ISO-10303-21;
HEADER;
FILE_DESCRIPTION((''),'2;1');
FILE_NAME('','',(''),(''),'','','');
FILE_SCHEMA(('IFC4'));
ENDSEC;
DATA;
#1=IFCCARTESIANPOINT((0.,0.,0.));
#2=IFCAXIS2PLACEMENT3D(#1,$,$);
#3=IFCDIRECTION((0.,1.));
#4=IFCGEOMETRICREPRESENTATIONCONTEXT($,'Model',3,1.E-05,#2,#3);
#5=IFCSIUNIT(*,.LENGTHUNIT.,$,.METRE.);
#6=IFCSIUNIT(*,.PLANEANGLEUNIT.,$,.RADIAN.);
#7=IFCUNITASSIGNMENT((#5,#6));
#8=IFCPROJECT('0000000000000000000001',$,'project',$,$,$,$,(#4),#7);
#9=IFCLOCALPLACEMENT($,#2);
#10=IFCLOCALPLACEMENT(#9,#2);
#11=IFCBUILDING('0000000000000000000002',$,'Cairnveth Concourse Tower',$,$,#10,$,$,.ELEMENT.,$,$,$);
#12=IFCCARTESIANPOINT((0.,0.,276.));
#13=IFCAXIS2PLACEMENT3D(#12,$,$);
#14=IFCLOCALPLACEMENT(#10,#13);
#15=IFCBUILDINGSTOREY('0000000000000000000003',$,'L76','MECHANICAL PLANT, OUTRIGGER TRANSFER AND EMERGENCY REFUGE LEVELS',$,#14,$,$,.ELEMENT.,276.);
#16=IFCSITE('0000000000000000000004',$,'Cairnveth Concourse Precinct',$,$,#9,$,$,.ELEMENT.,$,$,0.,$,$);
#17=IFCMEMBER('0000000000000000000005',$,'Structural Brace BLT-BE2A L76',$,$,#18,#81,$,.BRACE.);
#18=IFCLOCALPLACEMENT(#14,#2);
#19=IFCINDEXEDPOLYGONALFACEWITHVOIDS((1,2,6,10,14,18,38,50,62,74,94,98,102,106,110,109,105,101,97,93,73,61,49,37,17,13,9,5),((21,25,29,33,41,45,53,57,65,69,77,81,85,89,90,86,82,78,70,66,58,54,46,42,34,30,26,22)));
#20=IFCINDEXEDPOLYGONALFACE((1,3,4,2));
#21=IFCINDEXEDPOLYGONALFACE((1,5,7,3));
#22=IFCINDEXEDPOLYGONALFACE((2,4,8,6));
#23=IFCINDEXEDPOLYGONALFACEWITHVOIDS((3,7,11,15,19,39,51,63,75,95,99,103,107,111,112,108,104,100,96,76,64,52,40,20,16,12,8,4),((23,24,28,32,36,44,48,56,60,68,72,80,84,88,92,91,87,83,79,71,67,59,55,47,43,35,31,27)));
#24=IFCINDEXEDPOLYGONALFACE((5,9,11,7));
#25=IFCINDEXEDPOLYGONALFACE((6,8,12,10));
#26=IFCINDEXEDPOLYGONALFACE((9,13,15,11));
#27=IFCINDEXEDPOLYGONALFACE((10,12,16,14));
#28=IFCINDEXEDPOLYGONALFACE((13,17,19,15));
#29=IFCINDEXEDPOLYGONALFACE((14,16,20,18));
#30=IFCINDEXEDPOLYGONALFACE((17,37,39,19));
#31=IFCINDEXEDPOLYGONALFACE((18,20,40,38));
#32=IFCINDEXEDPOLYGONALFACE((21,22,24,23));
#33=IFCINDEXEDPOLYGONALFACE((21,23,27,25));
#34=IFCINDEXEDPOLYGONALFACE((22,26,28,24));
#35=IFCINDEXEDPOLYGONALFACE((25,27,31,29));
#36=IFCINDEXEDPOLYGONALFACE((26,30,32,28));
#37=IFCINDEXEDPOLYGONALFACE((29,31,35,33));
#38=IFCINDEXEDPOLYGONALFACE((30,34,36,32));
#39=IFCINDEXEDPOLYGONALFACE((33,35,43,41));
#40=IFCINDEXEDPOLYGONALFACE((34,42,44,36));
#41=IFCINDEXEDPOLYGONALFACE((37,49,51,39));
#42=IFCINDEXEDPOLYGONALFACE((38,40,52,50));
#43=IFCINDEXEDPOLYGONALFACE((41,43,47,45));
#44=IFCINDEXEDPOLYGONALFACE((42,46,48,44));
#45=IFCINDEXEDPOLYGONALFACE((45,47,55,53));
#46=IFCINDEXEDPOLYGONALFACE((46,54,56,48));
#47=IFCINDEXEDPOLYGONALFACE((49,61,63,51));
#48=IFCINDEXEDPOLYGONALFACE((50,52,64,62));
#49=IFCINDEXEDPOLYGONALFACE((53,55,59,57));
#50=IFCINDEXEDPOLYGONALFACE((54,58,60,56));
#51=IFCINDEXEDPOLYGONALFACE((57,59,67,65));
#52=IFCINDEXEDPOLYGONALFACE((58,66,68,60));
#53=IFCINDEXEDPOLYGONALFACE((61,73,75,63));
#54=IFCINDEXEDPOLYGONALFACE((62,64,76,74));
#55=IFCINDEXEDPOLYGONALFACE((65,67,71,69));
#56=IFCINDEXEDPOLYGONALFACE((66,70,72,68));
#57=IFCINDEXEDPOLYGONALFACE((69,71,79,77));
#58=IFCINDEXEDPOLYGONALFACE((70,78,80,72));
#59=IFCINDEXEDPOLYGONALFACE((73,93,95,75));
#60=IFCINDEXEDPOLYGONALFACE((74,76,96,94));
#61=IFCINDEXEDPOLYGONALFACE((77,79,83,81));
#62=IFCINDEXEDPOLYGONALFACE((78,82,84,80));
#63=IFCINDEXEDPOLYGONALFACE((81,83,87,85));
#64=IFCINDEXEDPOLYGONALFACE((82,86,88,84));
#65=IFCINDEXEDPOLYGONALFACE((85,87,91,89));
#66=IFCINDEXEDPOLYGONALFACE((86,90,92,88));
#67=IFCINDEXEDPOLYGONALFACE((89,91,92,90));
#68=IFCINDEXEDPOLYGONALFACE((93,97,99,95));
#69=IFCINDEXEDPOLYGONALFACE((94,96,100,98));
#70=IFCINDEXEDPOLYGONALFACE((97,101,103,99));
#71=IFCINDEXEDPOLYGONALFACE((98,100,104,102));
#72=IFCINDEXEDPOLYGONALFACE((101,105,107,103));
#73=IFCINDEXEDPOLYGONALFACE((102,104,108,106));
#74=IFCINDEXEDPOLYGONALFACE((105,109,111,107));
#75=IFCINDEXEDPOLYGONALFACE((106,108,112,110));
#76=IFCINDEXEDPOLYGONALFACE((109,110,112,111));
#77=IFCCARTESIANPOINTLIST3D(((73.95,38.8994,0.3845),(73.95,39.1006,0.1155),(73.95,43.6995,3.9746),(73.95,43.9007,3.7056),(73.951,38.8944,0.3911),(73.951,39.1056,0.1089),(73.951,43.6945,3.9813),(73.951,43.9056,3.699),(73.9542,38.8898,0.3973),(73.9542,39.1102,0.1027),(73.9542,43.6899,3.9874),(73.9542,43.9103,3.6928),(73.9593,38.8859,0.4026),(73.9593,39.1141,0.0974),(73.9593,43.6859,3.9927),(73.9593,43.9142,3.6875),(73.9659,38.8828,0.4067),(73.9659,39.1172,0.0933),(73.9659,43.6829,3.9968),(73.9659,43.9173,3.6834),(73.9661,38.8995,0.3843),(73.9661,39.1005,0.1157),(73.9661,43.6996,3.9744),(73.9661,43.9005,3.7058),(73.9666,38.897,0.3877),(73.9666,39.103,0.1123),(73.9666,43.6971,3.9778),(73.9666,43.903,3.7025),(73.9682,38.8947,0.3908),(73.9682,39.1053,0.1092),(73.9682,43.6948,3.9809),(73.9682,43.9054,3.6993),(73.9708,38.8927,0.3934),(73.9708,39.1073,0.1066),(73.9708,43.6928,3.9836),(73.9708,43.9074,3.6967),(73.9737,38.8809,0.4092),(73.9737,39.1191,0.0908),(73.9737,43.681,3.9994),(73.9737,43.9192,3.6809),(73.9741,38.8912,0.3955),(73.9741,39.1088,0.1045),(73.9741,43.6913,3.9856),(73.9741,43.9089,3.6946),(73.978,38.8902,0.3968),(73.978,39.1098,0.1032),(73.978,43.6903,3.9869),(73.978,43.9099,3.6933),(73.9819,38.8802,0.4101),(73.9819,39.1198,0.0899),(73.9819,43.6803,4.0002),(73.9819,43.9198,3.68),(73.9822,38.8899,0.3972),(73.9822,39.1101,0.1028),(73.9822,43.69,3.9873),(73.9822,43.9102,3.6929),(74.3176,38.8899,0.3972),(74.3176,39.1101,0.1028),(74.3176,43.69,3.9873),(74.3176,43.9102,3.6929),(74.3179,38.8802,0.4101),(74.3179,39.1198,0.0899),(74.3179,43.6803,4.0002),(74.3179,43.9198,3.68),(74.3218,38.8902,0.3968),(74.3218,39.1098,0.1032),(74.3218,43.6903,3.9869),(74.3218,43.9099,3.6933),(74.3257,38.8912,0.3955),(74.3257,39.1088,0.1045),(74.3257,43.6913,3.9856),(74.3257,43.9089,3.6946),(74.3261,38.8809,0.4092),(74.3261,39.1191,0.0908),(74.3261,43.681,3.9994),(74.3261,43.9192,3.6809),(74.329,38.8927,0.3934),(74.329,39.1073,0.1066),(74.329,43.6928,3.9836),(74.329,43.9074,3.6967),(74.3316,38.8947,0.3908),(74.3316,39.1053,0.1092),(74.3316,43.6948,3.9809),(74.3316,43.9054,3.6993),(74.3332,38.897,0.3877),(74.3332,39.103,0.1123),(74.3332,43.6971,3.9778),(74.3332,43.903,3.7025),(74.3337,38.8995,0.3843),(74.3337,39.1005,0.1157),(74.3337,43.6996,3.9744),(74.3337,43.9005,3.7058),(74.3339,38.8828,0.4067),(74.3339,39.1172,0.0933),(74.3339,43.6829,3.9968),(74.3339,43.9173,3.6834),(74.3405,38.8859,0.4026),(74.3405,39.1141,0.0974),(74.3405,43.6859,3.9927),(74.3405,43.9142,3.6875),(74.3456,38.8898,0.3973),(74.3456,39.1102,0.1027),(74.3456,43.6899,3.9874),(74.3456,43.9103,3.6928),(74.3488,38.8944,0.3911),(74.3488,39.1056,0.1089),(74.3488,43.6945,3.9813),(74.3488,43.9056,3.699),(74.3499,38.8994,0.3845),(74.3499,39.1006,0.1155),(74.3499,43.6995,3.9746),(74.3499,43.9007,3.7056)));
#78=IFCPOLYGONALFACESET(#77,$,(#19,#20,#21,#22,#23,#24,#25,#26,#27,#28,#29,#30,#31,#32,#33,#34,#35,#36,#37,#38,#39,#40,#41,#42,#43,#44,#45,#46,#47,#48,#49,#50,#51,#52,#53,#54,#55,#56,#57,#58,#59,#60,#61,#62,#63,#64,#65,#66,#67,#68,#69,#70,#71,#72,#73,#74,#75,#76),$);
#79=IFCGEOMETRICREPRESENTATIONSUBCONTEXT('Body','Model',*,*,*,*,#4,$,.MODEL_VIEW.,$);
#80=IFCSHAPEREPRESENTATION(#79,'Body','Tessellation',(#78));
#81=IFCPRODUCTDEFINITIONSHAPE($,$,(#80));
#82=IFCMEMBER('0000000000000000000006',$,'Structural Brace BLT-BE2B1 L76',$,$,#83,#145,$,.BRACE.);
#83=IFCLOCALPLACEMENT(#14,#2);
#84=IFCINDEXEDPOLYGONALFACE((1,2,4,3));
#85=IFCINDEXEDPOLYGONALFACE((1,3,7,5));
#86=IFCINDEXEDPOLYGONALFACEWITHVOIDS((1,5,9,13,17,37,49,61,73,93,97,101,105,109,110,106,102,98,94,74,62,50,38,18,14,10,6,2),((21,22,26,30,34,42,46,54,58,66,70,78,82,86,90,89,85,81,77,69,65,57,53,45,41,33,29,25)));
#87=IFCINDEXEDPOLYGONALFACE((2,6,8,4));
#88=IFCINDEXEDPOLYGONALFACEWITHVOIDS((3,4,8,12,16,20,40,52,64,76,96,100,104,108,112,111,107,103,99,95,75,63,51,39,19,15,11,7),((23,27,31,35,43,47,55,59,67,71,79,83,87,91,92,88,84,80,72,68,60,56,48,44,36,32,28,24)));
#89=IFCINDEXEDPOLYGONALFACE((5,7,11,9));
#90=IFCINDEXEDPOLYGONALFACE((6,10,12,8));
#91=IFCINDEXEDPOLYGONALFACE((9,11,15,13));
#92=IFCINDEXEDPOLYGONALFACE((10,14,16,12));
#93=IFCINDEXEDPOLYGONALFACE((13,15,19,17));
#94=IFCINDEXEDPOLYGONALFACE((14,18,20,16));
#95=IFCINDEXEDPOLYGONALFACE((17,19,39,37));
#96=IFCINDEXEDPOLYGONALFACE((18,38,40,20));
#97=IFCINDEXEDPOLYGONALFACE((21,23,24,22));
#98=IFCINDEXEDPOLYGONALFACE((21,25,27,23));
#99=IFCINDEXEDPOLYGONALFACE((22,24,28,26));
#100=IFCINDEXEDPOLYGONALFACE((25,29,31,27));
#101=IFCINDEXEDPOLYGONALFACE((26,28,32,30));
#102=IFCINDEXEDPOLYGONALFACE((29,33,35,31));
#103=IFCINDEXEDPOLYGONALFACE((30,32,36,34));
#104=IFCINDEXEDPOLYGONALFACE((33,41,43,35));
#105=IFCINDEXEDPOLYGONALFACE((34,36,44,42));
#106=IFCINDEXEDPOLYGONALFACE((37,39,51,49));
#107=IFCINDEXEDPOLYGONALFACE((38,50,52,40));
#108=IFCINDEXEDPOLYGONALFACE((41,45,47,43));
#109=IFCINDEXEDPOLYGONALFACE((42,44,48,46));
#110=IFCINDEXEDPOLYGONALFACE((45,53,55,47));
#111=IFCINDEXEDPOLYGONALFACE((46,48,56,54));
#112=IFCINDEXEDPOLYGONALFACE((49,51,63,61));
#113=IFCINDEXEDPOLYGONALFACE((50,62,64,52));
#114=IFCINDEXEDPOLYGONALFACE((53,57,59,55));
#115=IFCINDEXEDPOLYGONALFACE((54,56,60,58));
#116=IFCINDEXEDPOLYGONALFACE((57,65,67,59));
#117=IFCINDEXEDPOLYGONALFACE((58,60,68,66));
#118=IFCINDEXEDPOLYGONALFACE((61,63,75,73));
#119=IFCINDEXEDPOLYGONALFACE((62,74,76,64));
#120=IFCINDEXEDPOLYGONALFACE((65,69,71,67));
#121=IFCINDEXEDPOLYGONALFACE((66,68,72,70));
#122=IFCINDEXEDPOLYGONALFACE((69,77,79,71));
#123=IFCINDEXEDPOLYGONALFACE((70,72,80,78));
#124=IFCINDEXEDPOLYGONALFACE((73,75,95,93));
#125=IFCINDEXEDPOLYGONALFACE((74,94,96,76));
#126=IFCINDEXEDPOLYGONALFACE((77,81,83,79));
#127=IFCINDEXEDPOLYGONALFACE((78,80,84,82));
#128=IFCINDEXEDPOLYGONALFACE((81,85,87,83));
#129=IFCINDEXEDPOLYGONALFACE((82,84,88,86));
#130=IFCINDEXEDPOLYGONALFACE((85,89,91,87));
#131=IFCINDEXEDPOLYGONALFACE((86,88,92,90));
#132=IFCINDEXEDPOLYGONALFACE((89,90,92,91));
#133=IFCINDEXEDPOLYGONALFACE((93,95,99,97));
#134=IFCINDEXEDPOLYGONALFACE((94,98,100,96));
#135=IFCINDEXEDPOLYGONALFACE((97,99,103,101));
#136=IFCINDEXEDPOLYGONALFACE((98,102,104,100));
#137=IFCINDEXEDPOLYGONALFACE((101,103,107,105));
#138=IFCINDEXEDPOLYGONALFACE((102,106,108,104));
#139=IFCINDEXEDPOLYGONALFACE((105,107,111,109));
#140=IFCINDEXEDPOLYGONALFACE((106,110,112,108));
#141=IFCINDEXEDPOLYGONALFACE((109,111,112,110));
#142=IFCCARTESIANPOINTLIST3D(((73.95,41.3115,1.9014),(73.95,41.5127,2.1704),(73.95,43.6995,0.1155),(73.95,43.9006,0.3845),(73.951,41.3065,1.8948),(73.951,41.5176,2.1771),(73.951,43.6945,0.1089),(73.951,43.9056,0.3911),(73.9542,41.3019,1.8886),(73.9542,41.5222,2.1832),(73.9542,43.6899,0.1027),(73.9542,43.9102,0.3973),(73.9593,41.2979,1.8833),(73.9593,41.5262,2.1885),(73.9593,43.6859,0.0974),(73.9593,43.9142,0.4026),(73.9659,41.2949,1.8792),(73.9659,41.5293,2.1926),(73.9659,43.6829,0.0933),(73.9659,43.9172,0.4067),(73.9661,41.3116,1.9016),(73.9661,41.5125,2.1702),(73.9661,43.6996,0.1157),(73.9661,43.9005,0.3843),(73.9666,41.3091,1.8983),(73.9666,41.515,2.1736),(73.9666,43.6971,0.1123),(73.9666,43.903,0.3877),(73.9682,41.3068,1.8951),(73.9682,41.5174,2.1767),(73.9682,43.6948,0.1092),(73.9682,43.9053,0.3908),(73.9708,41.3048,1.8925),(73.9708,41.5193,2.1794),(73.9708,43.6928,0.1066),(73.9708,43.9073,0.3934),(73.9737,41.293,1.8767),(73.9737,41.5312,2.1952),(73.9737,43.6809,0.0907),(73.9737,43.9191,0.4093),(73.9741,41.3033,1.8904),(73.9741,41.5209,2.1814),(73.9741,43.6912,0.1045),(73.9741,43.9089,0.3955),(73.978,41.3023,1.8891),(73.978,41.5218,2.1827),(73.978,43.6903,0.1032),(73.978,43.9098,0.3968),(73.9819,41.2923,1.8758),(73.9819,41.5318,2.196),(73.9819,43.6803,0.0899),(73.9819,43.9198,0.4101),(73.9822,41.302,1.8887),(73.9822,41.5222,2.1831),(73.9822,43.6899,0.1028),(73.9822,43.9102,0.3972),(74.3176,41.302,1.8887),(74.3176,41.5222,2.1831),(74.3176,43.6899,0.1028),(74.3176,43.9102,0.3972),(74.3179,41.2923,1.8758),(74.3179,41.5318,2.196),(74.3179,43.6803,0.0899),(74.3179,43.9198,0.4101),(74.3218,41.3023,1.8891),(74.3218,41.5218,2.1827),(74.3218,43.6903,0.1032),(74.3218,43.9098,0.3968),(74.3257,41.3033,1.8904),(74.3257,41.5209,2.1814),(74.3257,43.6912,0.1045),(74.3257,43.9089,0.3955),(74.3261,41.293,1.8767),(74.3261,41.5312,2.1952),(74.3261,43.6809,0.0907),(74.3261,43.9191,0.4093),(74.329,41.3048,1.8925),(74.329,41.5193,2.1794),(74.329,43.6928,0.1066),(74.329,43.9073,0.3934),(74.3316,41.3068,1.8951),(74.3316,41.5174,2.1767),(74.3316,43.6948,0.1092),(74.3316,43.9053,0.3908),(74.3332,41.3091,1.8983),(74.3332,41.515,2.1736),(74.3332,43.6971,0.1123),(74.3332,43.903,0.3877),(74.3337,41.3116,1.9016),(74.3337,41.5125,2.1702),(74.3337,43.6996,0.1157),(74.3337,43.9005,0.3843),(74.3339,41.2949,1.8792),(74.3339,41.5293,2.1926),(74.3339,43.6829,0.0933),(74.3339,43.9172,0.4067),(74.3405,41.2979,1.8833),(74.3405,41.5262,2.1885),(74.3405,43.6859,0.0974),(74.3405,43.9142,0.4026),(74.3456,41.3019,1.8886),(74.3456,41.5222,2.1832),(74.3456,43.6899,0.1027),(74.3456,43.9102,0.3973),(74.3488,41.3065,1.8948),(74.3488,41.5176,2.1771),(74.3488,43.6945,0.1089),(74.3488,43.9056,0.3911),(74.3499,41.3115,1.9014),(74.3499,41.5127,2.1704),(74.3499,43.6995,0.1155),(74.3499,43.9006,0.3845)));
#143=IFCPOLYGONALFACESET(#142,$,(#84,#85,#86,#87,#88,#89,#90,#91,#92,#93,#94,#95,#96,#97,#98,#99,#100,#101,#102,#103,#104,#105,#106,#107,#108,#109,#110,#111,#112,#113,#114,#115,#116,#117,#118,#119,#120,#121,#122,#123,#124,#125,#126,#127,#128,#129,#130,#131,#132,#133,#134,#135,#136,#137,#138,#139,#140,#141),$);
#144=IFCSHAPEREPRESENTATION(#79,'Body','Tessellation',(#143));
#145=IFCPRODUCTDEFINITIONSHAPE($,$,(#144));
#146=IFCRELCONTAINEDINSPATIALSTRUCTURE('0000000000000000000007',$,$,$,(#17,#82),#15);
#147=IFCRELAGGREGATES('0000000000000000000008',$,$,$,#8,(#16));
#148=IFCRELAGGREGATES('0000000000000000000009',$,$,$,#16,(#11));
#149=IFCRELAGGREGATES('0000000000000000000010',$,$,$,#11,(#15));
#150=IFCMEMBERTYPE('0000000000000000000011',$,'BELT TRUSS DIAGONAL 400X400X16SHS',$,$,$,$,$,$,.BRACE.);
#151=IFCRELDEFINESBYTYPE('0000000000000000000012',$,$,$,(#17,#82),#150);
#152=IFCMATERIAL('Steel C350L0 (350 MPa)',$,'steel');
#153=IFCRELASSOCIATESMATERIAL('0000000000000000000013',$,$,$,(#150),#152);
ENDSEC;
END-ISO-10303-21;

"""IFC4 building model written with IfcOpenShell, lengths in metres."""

from ifc_helpers import new_model, si_unit, direction, frame, origin, origin_2d, place, context, subcontext, project, spatial, hollow_rectangle, extrude, material, material_profile, profile_set, type_object, element, save


model = new_model("IFC4")

# Units and contexts
model_context = context("Model", 3, precision=1e-05, world=origin(), true_north=direction((0.0, 1.0)))
body_context = subcontext(model_context, "Body", "Model", "MODEL_VIEW")
ifc_project = project(units=[si_unit("LENGTHUNIT", "METRE"), si_unit("PLANEANGLEUNIT", "RADIAN")], contexts=[model_context])

# Site, building, storey
site_placement = place(None, origin())
site = spatial("IfcSite", under=ifc_project, at=site_placement, Name="Cairnveth Concourse Precinct", CompositionType="ELEMENT", RefElevation=0.0)
building_placement = place(site_placement, origin())
building = spatial("IfcBuilding", under=site, at=building_placement, Name="Cairnveth Concourse Tower", CompositionType="ELEMENT")
storey_placement = place(building_placement, frame((0.0, 0.0, 276.0)))
storey = spatial("IfcBuildingStorey", under=building, at=storey_placement, Name="L76", Description="MECHANICAL PLANT, OUTRIGGER TRANSFER AND EMERGENCY REFUGE LEVELS", CompositionType="ELEMENT", Elevation=276.0)

# Members
ifc_material_1 = material(Name="Steel C350L0 (350 MPa)", Category="steel")
ifc_material_profile_1 = material_profile(ifc_material_1, hollow_rectangle(XDim=0.3999, YDim=0.3999, WallThickness=0.0161, InnerFilletRadius=0.0161, OuterFilletRadius=0.032, at=origin_2d()), Name="400x400x16.0SHS")
ifc_profile_set_1 = profile_set([ifc_material_profile_1], Name="Steel C350L0 (350 MPa)")
member_type_1 = type_object("IfcMemberType", Name="BELT TRUSS DIAGONAL 400X400X16SHS", PredefinedType="BRACE", material=ifc_profile_set_1)
member_1_placement = place(storey_placement, frame((74.1499, 39.0, 0.25), z_axis=(0.0, 0.800796, 0.598937), x_axis=(-1.0, 0.0, 0.0)))
element("IfcMember", 1, at=member_1_placement, inside=storey, type_object=member_type_1, Name="Structural Brace BLT-BE2A L76", PredefinedType="BRACE", context=body_context, shape_type="SweptSolid", body=[
    extrude(hollow_rectangle(XDim=0.3999, YDim=0.3999, WallThickness=0.0161, InnerFilletRadius=0.0161, OuterFilletRadius=0.032, at=origin_2d()), origin(), (0.0, 0.0, 1.0), 5.9941),
])
for number, where, z_axis, x_axis, name in (
    (2, (74.1499, 43.8, 0.25), (0.0, -0.800815, 0.598912), (1.0, 0.0, 0.0), "Structural Brace BLT-BE2B1 L76"),
):
    element("IfcMember", number, at=place(storey_placement, frame(where, z_axis=z_axis, x_axis=x_axis)), inside=storey, type_object=member_type_1, Name=name, PredefinedType="BRACE", context=body_context, shape_type="SweptSolid", body=[
        extrude(hollow_rectangle(XDim=0.3999, YDim=0.3999, WallThickness=0.0161, InnerFilletRadius=0.0161, OuterFilletRadius=0.032, at=origin_2d()), origin(), (0.0, 0.0, 1.0), 2.9819),
    ])

save(model, "model.ifc")
